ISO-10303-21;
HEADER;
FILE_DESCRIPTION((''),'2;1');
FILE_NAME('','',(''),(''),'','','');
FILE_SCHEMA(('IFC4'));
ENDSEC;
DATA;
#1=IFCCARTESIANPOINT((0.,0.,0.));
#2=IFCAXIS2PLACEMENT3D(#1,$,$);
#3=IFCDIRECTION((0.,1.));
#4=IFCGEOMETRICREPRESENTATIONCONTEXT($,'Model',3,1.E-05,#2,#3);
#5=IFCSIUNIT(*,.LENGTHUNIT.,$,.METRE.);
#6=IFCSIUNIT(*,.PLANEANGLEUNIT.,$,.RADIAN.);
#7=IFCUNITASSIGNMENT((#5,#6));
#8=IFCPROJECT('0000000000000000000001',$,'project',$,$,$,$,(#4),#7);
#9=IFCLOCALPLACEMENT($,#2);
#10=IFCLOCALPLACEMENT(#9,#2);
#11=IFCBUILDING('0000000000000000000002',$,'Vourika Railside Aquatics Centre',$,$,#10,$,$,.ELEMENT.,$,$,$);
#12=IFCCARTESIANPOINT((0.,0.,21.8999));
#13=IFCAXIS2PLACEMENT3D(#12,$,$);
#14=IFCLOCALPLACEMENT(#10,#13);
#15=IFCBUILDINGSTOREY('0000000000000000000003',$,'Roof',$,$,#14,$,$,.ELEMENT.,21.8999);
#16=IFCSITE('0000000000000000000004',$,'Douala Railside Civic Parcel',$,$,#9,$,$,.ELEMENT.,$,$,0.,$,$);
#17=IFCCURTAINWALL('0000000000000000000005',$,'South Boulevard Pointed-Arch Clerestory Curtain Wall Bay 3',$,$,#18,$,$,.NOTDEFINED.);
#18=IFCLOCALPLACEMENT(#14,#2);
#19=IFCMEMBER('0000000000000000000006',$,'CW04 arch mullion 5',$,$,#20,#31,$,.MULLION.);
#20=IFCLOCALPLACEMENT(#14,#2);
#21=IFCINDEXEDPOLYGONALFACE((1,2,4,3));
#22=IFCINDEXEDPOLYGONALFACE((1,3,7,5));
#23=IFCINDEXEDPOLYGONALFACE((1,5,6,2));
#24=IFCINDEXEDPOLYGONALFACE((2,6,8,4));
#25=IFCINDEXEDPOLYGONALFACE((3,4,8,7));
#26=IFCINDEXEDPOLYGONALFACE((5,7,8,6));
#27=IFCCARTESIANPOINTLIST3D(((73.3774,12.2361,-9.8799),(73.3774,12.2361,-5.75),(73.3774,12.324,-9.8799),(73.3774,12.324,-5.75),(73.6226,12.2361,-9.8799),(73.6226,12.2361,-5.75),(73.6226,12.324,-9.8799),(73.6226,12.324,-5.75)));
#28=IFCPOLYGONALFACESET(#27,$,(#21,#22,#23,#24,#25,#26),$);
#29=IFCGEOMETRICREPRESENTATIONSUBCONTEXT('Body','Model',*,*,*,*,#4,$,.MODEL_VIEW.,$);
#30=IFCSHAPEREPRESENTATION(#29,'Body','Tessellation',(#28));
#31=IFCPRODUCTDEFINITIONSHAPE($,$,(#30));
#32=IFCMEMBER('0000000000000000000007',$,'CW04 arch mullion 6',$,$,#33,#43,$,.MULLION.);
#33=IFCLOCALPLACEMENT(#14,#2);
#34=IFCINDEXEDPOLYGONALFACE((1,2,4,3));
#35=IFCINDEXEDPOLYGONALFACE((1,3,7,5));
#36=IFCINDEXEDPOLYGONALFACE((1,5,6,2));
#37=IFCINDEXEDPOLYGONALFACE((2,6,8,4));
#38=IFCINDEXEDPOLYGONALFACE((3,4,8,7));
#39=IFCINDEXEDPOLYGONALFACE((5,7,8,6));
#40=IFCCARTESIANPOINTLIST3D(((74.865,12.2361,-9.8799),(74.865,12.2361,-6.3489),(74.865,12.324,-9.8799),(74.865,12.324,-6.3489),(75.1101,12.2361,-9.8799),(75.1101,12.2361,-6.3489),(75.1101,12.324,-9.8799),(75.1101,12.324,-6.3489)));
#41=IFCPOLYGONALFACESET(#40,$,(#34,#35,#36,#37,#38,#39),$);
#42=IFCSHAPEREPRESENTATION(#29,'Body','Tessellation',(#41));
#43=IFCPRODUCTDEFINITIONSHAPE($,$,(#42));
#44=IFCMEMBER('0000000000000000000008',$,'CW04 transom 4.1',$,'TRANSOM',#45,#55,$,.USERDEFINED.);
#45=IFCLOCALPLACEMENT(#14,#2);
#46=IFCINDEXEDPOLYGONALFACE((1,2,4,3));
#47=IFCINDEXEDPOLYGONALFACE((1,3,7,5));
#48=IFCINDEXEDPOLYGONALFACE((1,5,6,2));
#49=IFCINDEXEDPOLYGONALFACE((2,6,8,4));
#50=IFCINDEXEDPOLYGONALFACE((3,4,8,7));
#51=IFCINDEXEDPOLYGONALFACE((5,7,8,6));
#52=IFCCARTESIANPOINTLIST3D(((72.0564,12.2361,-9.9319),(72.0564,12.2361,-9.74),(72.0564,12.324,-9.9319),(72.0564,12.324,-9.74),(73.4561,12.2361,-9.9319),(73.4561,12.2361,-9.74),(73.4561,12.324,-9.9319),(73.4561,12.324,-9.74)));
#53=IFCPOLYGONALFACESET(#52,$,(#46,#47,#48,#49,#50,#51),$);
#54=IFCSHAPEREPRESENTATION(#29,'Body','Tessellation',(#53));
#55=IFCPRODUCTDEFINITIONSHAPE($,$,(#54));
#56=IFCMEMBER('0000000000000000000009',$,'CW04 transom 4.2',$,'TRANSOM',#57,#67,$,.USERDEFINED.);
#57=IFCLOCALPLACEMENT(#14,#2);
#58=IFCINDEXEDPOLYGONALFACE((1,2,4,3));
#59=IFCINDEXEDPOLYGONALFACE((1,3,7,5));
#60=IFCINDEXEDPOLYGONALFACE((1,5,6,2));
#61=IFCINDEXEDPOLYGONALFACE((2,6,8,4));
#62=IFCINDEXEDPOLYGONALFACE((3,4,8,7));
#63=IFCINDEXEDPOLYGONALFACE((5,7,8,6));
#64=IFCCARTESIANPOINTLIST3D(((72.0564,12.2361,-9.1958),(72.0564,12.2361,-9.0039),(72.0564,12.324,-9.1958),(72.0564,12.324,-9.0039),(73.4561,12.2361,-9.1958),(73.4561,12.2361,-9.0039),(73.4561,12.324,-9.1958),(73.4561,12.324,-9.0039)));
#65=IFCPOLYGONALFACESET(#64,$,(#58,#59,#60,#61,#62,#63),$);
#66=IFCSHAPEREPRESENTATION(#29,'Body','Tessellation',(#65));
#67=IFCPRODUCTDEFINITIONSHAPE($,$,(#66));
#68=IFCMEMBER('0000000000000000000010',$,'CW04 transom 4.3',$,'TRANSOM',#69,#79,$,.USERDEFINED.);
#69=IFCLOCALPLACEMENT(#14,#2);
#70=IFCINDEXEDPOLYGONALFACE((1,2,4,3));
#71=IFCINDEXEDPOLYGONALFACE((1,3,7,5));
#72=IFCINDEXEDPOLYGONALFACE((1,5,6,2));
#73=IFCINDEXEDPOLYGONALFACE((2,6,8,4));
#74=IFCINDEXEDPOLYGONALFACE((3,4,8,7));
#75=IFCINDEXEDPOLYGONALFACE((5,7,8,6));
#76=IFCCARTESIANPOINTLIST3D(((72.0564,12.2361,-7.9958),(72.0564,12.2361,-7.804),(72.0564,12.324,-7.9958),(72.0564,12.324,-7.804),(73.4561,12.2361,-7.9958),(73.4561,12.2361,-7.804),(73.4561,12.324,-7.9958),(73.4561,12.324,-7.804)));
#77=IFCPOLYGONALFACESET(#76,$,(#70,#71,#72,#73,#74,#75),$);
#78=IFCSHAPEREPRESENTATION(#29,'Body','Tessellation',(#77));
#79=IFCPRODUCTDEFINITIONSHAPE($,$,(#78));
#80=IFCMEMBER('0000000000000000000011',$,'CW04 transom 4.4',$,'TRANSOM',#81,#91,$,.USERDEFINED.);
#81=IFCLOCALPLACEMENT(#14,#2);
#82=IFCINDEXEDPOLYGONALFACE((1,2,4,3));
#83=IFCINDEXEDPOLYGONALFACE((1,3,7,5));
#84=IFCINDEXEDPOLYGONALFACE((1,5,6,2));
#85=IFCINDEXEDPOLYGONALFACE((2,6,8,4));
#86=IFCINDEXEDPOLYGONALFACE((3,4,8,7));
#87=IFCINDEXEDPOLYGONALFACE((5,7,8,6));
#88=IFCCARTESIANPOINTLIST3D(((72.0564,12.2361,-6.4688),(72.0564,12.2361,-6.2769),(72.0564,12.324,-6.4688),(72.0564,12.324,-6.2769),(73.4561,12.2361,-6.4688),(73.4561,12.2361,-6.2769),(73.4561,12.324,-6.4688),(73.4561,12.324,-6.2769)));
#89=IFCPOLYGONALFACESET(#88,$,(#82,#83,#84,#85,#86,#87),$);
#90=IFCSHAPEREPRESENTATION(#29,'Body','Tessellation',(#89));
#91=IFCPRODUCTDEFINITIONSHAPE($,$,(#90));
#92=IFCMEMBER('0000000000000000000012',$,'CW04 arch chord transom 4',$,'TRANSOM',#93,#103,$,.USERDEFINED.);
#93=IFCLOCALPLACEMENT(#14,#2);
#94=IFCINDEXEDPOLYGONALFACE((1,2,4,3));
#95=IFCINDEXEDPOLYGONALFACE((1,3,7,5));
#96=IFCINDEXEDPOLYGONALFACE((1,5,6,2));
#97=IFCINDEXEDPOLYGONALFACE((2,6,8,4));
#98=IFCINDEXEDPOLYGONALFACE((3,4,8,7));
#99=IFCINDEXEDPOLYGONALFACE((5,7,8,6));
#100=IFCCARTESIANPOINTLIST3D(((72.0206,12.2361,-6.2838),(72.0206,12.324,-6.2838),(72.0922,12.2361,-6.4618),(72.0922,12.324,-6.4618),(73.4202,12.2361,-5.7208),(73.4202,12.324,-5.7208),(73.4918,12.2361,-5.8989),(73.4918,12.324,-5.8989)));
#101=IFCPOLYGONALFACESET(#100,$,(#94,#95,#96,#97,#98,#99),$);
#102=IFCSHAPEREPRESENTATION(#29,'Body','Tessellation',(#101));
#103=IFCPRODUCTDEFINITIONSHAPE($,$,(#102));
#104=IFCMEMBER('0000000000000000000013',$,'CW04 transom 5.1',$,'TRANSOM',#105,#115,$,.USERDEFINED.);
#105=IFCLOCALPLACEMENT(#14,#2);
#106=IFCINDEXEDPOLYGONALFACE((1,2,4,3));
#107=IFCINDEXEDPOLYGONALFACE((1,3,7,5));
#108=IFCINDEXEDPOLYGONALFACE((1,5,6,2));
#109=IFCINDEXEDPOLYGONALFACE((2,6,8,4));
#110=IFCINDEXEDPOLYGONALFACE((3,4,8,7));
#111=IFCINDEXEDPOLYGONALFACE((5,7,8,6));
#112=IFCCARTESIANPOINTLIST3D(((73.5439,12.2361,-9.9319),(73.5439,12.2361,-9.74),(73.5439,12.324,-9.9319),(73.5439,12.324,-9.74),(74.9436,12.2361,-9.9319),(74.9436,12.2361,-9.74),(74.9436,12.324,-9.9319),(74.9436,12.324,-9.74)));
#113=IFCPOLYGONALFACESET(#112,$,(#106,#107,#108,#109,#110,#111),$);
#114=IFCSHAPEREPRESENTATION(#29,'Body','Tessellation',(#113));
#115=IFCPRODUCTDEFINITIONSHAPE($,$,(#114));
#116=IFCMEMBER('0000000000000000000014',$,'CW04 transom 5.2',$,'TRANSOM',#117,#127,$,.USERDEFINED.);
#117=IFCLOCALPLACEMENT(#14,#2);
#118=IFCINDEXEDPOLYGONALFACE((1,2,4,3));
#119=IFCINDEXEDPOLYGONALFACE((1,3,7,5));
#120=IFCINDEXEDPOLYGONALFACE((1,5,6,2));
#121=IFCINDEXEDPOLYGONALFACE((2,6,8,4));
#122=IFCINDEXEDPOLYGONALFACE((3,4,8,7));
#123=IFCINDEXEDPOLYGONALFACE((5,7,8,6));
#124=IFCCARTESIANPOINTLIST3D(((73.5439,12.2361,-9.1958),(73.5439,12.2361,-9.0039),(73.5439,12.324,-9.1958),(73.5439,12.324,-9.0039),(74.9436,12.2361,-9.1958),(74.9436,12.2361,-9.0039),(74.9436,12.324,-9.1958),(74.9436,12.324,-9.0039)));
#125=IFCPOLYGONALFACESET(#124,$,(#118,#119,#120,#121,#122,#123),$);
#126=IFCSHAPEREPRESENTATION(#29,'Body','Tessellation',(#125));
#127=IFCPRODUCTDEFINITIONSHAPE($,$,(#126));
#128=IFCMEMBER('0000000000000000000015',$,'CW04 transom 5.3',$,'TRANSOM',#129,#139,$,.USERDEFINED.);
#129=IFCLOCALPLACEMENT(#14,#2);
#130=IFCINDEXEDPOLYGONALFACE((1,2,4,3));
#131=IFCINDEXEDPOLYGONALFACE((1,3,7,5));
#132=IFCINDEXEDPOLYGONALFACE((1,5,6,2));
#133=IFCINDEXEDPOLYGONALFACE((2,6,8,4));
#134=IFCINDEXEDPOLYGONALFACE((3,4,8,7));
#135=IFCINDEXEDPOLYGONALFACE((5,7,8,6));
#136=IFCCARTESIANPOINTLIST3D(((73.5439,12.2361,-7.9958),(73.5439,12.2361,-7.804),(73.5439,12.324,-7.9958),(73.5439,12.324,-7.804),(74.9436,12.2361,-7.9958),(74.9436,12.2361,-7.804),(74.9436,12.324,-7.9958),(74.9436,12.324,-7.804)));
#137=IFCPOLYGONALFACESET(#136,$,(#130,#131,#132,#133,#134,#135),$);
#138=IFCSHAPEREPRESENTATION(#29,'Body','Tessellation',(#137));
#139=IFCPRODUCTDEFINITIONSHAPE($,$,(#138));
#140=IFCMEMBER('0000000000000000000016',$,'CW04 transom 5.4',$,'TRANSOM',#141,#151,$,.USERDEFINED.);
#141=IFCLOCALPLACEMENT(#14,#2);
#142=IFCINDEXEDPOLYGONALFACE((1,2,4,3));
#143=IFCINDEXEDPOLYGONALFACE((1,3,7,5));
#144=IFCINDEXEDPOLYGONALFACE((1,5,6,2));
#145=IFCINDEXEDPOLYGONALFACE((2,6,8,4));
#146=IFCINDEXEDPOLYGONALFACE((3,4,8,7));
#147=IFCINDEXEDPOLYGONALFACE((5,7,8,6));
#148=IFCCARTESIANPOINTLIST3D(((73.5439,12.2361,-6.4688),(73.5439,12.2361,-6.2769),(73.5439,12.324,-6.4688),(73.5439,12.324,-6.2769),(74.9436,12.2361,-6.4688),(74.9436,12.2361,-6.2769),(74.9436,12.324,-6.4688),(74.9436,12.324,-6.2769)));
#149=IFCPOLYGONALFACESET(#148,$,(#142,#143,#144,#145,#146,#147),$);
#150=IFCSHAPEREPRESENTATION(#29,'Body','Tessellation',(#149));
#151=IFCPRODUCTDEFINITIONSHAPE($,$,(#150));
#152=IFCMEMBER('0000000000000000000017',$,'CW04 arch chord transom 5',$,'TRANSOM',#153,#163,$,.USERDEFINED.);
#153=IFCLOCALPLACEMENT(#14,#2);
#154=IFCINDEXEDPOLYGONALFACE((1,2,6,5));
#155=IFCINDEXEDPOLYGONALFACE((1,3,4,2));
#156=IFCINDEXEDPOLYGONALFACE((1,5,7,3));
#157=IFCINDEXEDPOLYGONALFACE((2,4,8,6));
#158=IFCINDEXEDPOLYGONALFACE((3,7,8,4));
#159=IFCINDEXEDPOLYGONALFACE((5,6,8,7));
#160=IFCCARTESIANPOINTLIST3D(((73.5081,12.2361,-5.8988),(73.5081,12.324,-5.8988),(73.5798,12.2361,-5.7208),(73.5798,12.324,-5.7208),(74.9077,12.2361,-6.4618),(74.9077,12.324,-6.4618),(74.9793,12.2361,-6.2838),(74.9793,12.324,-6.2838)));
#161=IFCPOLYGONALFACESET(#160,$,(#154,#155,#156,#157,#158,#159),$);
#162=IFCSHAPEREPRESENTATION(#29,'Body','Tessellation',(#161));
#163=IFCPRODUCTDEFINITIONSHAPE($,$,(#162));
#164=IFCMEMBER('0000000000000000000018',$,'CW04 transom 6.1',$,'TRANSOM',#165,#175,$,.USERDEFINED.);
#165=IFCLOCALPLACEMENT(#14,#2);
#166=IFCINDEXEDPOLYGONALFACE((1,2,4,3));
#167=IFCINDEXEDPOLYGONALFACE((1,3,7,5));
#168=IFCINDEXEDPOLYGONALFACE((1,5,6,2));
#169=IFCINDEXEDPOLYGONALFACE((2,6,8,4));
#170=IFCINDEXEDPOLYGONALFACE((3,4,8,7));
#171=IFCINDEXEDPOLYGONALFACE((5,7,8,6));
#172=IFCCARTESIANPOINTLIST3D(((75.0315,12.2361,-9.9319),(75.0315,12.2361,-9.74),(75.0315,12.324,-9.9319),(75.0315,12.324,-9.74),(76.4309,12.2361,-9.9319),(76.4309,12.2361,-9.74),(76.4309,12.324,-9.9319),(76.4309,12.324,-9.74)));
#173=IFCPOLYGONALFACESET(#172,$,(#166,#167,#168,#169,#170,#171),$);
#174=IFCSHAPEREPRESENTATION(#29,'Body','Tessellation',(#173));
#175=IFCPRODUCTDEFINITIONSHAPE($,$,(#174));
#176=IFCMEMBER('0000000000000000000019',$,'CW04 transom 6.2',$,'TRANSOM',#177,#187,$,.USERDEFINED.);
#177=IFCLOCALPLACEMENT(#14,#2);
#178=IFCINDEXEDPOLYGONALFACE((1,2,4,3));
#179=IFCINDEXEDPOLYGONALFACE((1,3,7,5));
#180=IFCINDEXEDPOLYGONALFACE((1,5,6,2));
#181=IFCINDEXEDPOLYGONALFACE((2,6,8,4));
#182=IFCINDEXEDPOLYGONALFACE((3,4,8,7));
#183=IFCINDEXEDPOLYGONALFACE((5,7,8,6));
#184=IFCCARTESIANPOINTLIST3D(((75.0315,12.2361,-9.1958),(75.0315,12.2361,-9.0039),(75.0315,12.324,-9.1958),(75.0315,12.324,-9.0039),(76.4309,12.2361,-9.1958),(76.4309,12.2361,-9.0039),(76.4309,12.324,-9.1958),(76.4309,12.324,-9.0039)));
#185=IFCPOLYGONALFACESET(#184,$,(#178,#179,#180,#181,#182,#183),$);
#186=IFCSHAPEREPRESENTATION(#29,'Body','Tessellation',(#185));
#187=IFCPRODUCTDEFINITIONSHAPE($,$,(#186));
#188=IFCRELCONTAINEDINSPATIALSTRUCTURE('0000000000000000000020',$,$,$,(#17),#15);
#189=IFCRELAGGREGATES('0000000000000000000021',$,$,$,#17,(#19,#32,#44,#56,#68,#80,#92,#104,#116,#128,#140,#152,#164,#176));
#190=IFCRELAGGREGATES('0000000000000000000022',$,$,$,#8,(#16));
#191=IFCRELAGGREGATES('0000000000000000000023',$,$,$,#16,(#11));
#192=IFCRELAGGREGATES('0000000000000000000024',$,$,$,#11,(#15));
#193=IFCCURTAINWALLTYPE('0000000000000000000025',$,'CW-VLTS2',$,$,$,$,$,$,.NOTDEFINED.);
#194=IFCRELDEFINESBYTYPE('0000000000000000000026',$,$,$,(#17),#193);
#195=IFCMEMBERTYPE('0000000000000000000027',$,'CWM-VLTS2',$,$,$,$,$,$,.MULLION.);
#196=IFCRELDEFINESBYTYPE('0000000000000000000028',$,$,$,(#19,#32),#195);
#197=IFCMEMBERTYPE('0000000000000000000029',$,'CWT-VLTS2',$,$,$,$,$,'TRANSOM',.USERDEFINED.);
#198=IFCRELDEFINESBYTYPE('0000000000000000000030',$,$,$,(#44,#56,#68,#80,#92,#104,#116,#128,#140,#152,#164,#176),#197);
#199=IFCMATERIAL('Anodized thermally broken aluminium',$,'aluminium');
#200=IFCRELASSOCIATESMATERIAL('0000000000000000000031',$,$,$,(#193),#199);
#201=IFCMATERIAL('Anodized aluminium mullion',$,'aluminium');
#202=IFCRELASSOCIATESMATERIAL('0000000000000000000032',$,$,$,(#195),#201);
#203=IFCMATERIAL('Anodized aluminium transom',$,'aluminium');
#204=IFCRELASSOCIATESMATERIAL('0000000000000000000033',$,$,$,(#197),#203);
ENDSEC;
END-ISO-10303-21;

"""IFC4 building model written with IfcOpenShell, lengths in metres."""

from ifc_helpers import new_model, si_unit, direction, frame, origin, origin_2d, place, context, subcontext, project, spatial, rectangle, extrude, material, material_profile, profile_set, type_object, element, aggregate, save


model = new_model("IFC4")

# Units and contexts
model_context = context("Model", 3, precision=1e-05, world=origin(), true_north=direction((0.0, 1.0)))
body_context = subcontext(model_context, "Body", "Model", "MODEL_VIEW")
ifc_project = project(units=[si_unit("LENGTHUNIT", "METRE"), si_unit("PLANEANGLEUNIT", "RADIAN")], contexts=[model_context])

# Site, building, storey
site_placement = place(None, origin())
site = spatial("IfcSite", under=ifc_project, at=site_placement, Name="Douala Railside Civic Parcel", CompositionType="ELEMENT", RefElevation=0.0)
building_placement = place(site_placement, origin())
building = spatial("IfcBuilding", under=site, at=building_placement, Name="Vourika Railside Aquatics Centre", CompositionType="ELEMENT")
storey_placement = place(building_placement, frame((0.0, 0.0, 21.8999)))
storey = spatial("IfcBuildingStorey", under=building, at=storey_placement, Name="Roof", CompositionType="ELEMENT", Elevation=21.8999)

# Curtain wall, members
ifc_material_1 = material(Name="Anodized thermally broken aluminium", Category="aluminium")
curtain_wall_type = type_object("IfcCurtainWallType", Name="CW-VLTS2", PredefinedType="NOTDEFINED", material=ifc_material_1)
curtain_wall_placement = place(storey_placement, origin())
curtain_wall = element("IfcCurtainWall", 1, at=curtain_wall_placement, inside=storey, type_object=curtain_wall_type, Name="South Boulevard Pointed-Arch Clerestory Curtain Wall Bay 3", PredefinedType="NOTDEFINED")
ifc_material_2 = material(Name="Anodized aluminium mullion", Category="aluminium")
ifc_material_profile_1 = material_profile(ifc_material_2, rectangle(XDim=0.0879, YDim=0.2451, at=origin_2d()), Name="ALU-M 88x245")
ifc_profile_set_1 = profile_set([ifc_material_profile_1], Name="Anodized aluminium mullion")
member_type_1 = type_object("IfcMemberType", Name="CWM-VLTS2", PredefinedType="MULLION", material=ifc_profile_set_1)
member_1_placement = place(storey_placement, frame((73.5, 12.28, -9.8799), z_axis=(0.0, 0.0, 1.0), x_axis=(0.0, 1.0, 0.0)))
member_1 = element("IfcMember", 2, at=member_1_placement, type_object=member_type_1, Name="CW04 arch mullion 5", PredefinedType="MULLION", context=body_context, shape_type="SweptSolid", body=[
    extrude(rectangle(XDim=0.0879, YDim=0.2451, at=origin_2d()), origin(), (0.0, 0.0, 1.0), 4.1299),
])
member_2_placement = place(storey_placement, frame((74.9875, 12.28, -9.8799), z_axis=(0.0, 0.0, 1.0), x_axis=(0.0, 1.0, 0.0)))
member_2 = element("IfcMember", 3, at=member_2_placement, type_object=member_type_1, Name="CW04 arch mullion 6", PredefinedType="MULLION", context=body_context, shape_type="SweptSolid", body=[
    extrude(rectangle(XDim=0.0879, YDim=0.2451, at=origin_2d()), origin(), (0.0, 0.0, 1.0), 3.531),
])
ifc_material_3 = material(Name="Anodized aluminium transom", Category="aluminium")
ifc_material_profile_2 = material_profile(ifc_material_3, rectangle(XDim=0.0879, YDim=0.1919, at=origin_2d()), Name="ALU-T 88x192")
ifc_profile_set_2 = profile_set([ifc_material_profile_2], Name="Anodized aluminium transom")
member_type_2 = type_object("IfcMemberType", Name="CWT-VLTS2", ElementType="TRANSOM", PredefinedType="USERDEFINED", material=ifc_profile_set_2)
member_3_placement = place(storey_placement, frame((72.0564, 12.28, -9.8359), z_axis=(1.0, 0.0, 0.0), x_axis=(0.0, 1.0, 0.0)))
member_3 = element("IfcMember", 4, at=member_3_placement, type_object=member_type_2, Name="CW04 transom 4.1", ObjectType="TRANSOM", PredefinedType="USERDEFINED", context=body_context, shape_type="SweptSolid", body=[
    extrude(rectangle(XDim=0.0879, YDim=0.1919, at=origin_2d()), origin(), (0.0, 0.0, 1.0), 1.3997),
])
member_4_placement = place(storey_placement, frame((72.0564, 12.28, -9.0999), z_axis=(1.0, 0.0, 0.0), x_axis=(0.0, 1.0, 0.0)))
member_4 = element("IfcMember", 5, at=member_4_placement, type_object=member_type_2, Name="CW04 transom 4.2", ObjectType="TRANSOM", PredefinedType="USERDEFINED", context=body_context, shape_type="SweptSolid", body=[
    extrude(rectangle(XDim=0.0879, YDim=0.1919, at=origin_2d()), origin(), (0.0, 0.0, 1.0), 1.3997),
])
member_5_placement = place(storey_placement, frame((72.0564, 12.28, -7.8999), z_axis=(1.0, 0.0, 0.0), x_axis=(0.0, 1.0, 0.0)))
member_5 = element("IfcMember", 6, at=member_5_placement, type_object=member_type_2, Name="CW04 transom 4.3", ObjectType="TRANSOM", PredefinedType="USERDEFINED", context=body_context, shape_type="SweptSolid", body=[
    extrude(rectangle(XDim=0.0879, YDim=0.1919, at=origin_2d()), origin(), (0.0, 0.0, 1.0), 1.3997),
])
member_6_placement = place(storey_placement, frame((72.0564, 12.28, -6.3728), z_axis=(1.0, 0.0, 0.0), x_axis=(0.0, 1.0, 0.0)))
member_6 = element("IfcMember", 7, at=member_6_placement, type_object=member_type_2, Name="CW04 transom 4.4", ObjectType="TRANSOM", PredefinedType="USERDEFINED", context=body_context, shape_type="SweptSolid", body=[
    extrude(rectangle(XDim=0.0879, YDim=0.1919, at=origin_2d()), origin(), (0.0, 0.0, 1.0), 1.3997),
])
member_7_placement = place(storey_placement, frame((72.0564, 12.28, -6.3728), z_axis=(0.927761, 0.0, 0.373176), x_axis=(0.0, 1.0, 0.0)))
member_7 = element("IfcMember", 8, at=member_7_placement, type_object=member_type_2, Name="CW04 arch chord transom 4", ObjectType="TRANSOM", PredefinedType="USERDEFINED", context=body_context, shape_type="SweptSolid", body=[
    extrude(rectangle(XDim=0.0879, YDim=0.1919, at=origin_2d()), origin(), (0.0, 0.0, 1.0), 1.5085),
])
member_8_placement = place(storey_placement, frame((73.5439, 12.28, -9.8359), z_axis=(1.0, 0.0, 0.0), x_axis=(0.0, 1.0, 0.0)))
member_8 = element("IfcMember", 9, at=member_8_placement, type_object=member_type_2, Name="CW04 transom 5.1", ObjectType="TRANSOM", PredefinedType="USERDEFINED", context=body_context, shape_type="SweptSolid", body=[
    extrude(rectangle(XDim=0.0879, YDim=0.1919, at=origin_2d()), origin(), (0.0, 0.0, 1.0), 1.3997),
])
member_9_placement = place(storey_placement, frame((73.5439, 12.28, -9.0999), z_axis=(1.0, 0.0, 0.0), x_axis=(0.0, 1.0, 0.0)))
member_9 = element("IfcMember", 10, at=member_9_placement, type_object=member_type_2, Name="CW04 transom 5.2", ObjectType="TRANSOM", PredefinedType="USERDEFINED", context=body_context, shape_type="SweptSolid", body=[
    extrude(rectangle(XDim=0.0879, YDim=0.1919, at=origin_2d()), origin(), (0.0, 0.0, 1.0), 1.3997),
])
member_10_placement = place(storey_placement, frame((73.5439, 12.28, -7.8999), z_axis=(1.0, 0.0, 0.0), x_axis=(0.0, 1.0, 0.0)))
member_10 = element("IfcMember", 11, at=member_10_placement, type_object=member_type_2, Name="CW04 transom 5.3", ObjectType="TRANSOM", PredefinedType="USERDEFINED", context=body_context, shape_type="SweptSolid", body=[
    extrude(rectangle(XDim=0.0879, YDim=0.1919, at=origin_2d()), origin(), (0.0, 0.0, 1.0), 1.3997),
])
member_11_placement = place(storey_placement, frame((73.5439, 12.28, -6.3728), z_axis=(1.0, 0.0, 0.0), x_axis=(0.0, 1.0, 0.0)))
member_11 = element("IfcMember", 12, at=member_11_placement, type_object=member_type_2, Name="CW04 transom 5.4", ObjectType="TRANSOM", PredefinedType="USERDEFINED", context=body_context, shape_type="SweptSolid", body=[
    extrude(rectangle(XDim=0.0879, YDim=0.1919, at=origin_2d()), origin(), (0.0, 0.0, 1.0), 1.3997),
])
member_12_placement = place(storey_placement, frame((73.5439, 12.28, -5.8098), z_axis=(0.927761, 0.0, -0.373176), x_axis=(0.0, 1.0, 0.0)))
member_12 = element("IfcMember", 13, at=member_12_placement, type_object=member_type_2, Name="CW04 arch chord transom 5", ObjectType="TRANSOM", PredefinedType="USERDEFINED", context=body_context, shape_type="SweptSolid", body=[
    extrude(rectangle(XDim=0.0879, YDim=0.1919, at=origin_2d()), origin(), (0.0, 0.0, 1.0), 1.5085),
])
member_13_placement = place(storey_placement, frame((75.0315, 12.28, -9.8359), z_axis=(1.0, 0.0, 0.0), x_axis=(0.0, 1.0, 0.0)))
member_13 = element("IfcMember", 14, at=member_13_placement, type_object=member_type_2, Name="CW04 transom 6.1", ObjectType="TRANSOM", PredefinedType="USERDEFINED", context=body_context, shape_type="SweptSolid", body=[
    extrude(rectangle(XDim=0.0879, YDim=0.1919, at=origin_2d()), origin(), (0.0, 0.0, 1.0), 1.3994),
])
member_14_placement = place(storey_placement, frame((75.0315, 12.28, -9.0999), z_axis=(1.0, 0.0, 0.0), x_axis=(0.0, 1.0, 0.0)))
member_14 = element("IfcMember", 15, at=member_14_placement, type_object=member_type_2, Name="CW04 transom 6.2", ObjectType="TRANSOM", PredefinedType="USERDEFINED", context=body_context, shape_type="SweptSolid", body=[
    extrude(rectangle(XDim=0.0879, YDim=0.1919, at=origin_2d()), origin(), (0.0, 0.0, 1.0), 1.3994),
])
aggregate(curtain_wall, [member_1, member_2, member_3, member_4, member_5, member_6, member_7, member_8, member_9, member_10, member_11, member_12, member_13, member_14])

save(model, "model.ifc")
